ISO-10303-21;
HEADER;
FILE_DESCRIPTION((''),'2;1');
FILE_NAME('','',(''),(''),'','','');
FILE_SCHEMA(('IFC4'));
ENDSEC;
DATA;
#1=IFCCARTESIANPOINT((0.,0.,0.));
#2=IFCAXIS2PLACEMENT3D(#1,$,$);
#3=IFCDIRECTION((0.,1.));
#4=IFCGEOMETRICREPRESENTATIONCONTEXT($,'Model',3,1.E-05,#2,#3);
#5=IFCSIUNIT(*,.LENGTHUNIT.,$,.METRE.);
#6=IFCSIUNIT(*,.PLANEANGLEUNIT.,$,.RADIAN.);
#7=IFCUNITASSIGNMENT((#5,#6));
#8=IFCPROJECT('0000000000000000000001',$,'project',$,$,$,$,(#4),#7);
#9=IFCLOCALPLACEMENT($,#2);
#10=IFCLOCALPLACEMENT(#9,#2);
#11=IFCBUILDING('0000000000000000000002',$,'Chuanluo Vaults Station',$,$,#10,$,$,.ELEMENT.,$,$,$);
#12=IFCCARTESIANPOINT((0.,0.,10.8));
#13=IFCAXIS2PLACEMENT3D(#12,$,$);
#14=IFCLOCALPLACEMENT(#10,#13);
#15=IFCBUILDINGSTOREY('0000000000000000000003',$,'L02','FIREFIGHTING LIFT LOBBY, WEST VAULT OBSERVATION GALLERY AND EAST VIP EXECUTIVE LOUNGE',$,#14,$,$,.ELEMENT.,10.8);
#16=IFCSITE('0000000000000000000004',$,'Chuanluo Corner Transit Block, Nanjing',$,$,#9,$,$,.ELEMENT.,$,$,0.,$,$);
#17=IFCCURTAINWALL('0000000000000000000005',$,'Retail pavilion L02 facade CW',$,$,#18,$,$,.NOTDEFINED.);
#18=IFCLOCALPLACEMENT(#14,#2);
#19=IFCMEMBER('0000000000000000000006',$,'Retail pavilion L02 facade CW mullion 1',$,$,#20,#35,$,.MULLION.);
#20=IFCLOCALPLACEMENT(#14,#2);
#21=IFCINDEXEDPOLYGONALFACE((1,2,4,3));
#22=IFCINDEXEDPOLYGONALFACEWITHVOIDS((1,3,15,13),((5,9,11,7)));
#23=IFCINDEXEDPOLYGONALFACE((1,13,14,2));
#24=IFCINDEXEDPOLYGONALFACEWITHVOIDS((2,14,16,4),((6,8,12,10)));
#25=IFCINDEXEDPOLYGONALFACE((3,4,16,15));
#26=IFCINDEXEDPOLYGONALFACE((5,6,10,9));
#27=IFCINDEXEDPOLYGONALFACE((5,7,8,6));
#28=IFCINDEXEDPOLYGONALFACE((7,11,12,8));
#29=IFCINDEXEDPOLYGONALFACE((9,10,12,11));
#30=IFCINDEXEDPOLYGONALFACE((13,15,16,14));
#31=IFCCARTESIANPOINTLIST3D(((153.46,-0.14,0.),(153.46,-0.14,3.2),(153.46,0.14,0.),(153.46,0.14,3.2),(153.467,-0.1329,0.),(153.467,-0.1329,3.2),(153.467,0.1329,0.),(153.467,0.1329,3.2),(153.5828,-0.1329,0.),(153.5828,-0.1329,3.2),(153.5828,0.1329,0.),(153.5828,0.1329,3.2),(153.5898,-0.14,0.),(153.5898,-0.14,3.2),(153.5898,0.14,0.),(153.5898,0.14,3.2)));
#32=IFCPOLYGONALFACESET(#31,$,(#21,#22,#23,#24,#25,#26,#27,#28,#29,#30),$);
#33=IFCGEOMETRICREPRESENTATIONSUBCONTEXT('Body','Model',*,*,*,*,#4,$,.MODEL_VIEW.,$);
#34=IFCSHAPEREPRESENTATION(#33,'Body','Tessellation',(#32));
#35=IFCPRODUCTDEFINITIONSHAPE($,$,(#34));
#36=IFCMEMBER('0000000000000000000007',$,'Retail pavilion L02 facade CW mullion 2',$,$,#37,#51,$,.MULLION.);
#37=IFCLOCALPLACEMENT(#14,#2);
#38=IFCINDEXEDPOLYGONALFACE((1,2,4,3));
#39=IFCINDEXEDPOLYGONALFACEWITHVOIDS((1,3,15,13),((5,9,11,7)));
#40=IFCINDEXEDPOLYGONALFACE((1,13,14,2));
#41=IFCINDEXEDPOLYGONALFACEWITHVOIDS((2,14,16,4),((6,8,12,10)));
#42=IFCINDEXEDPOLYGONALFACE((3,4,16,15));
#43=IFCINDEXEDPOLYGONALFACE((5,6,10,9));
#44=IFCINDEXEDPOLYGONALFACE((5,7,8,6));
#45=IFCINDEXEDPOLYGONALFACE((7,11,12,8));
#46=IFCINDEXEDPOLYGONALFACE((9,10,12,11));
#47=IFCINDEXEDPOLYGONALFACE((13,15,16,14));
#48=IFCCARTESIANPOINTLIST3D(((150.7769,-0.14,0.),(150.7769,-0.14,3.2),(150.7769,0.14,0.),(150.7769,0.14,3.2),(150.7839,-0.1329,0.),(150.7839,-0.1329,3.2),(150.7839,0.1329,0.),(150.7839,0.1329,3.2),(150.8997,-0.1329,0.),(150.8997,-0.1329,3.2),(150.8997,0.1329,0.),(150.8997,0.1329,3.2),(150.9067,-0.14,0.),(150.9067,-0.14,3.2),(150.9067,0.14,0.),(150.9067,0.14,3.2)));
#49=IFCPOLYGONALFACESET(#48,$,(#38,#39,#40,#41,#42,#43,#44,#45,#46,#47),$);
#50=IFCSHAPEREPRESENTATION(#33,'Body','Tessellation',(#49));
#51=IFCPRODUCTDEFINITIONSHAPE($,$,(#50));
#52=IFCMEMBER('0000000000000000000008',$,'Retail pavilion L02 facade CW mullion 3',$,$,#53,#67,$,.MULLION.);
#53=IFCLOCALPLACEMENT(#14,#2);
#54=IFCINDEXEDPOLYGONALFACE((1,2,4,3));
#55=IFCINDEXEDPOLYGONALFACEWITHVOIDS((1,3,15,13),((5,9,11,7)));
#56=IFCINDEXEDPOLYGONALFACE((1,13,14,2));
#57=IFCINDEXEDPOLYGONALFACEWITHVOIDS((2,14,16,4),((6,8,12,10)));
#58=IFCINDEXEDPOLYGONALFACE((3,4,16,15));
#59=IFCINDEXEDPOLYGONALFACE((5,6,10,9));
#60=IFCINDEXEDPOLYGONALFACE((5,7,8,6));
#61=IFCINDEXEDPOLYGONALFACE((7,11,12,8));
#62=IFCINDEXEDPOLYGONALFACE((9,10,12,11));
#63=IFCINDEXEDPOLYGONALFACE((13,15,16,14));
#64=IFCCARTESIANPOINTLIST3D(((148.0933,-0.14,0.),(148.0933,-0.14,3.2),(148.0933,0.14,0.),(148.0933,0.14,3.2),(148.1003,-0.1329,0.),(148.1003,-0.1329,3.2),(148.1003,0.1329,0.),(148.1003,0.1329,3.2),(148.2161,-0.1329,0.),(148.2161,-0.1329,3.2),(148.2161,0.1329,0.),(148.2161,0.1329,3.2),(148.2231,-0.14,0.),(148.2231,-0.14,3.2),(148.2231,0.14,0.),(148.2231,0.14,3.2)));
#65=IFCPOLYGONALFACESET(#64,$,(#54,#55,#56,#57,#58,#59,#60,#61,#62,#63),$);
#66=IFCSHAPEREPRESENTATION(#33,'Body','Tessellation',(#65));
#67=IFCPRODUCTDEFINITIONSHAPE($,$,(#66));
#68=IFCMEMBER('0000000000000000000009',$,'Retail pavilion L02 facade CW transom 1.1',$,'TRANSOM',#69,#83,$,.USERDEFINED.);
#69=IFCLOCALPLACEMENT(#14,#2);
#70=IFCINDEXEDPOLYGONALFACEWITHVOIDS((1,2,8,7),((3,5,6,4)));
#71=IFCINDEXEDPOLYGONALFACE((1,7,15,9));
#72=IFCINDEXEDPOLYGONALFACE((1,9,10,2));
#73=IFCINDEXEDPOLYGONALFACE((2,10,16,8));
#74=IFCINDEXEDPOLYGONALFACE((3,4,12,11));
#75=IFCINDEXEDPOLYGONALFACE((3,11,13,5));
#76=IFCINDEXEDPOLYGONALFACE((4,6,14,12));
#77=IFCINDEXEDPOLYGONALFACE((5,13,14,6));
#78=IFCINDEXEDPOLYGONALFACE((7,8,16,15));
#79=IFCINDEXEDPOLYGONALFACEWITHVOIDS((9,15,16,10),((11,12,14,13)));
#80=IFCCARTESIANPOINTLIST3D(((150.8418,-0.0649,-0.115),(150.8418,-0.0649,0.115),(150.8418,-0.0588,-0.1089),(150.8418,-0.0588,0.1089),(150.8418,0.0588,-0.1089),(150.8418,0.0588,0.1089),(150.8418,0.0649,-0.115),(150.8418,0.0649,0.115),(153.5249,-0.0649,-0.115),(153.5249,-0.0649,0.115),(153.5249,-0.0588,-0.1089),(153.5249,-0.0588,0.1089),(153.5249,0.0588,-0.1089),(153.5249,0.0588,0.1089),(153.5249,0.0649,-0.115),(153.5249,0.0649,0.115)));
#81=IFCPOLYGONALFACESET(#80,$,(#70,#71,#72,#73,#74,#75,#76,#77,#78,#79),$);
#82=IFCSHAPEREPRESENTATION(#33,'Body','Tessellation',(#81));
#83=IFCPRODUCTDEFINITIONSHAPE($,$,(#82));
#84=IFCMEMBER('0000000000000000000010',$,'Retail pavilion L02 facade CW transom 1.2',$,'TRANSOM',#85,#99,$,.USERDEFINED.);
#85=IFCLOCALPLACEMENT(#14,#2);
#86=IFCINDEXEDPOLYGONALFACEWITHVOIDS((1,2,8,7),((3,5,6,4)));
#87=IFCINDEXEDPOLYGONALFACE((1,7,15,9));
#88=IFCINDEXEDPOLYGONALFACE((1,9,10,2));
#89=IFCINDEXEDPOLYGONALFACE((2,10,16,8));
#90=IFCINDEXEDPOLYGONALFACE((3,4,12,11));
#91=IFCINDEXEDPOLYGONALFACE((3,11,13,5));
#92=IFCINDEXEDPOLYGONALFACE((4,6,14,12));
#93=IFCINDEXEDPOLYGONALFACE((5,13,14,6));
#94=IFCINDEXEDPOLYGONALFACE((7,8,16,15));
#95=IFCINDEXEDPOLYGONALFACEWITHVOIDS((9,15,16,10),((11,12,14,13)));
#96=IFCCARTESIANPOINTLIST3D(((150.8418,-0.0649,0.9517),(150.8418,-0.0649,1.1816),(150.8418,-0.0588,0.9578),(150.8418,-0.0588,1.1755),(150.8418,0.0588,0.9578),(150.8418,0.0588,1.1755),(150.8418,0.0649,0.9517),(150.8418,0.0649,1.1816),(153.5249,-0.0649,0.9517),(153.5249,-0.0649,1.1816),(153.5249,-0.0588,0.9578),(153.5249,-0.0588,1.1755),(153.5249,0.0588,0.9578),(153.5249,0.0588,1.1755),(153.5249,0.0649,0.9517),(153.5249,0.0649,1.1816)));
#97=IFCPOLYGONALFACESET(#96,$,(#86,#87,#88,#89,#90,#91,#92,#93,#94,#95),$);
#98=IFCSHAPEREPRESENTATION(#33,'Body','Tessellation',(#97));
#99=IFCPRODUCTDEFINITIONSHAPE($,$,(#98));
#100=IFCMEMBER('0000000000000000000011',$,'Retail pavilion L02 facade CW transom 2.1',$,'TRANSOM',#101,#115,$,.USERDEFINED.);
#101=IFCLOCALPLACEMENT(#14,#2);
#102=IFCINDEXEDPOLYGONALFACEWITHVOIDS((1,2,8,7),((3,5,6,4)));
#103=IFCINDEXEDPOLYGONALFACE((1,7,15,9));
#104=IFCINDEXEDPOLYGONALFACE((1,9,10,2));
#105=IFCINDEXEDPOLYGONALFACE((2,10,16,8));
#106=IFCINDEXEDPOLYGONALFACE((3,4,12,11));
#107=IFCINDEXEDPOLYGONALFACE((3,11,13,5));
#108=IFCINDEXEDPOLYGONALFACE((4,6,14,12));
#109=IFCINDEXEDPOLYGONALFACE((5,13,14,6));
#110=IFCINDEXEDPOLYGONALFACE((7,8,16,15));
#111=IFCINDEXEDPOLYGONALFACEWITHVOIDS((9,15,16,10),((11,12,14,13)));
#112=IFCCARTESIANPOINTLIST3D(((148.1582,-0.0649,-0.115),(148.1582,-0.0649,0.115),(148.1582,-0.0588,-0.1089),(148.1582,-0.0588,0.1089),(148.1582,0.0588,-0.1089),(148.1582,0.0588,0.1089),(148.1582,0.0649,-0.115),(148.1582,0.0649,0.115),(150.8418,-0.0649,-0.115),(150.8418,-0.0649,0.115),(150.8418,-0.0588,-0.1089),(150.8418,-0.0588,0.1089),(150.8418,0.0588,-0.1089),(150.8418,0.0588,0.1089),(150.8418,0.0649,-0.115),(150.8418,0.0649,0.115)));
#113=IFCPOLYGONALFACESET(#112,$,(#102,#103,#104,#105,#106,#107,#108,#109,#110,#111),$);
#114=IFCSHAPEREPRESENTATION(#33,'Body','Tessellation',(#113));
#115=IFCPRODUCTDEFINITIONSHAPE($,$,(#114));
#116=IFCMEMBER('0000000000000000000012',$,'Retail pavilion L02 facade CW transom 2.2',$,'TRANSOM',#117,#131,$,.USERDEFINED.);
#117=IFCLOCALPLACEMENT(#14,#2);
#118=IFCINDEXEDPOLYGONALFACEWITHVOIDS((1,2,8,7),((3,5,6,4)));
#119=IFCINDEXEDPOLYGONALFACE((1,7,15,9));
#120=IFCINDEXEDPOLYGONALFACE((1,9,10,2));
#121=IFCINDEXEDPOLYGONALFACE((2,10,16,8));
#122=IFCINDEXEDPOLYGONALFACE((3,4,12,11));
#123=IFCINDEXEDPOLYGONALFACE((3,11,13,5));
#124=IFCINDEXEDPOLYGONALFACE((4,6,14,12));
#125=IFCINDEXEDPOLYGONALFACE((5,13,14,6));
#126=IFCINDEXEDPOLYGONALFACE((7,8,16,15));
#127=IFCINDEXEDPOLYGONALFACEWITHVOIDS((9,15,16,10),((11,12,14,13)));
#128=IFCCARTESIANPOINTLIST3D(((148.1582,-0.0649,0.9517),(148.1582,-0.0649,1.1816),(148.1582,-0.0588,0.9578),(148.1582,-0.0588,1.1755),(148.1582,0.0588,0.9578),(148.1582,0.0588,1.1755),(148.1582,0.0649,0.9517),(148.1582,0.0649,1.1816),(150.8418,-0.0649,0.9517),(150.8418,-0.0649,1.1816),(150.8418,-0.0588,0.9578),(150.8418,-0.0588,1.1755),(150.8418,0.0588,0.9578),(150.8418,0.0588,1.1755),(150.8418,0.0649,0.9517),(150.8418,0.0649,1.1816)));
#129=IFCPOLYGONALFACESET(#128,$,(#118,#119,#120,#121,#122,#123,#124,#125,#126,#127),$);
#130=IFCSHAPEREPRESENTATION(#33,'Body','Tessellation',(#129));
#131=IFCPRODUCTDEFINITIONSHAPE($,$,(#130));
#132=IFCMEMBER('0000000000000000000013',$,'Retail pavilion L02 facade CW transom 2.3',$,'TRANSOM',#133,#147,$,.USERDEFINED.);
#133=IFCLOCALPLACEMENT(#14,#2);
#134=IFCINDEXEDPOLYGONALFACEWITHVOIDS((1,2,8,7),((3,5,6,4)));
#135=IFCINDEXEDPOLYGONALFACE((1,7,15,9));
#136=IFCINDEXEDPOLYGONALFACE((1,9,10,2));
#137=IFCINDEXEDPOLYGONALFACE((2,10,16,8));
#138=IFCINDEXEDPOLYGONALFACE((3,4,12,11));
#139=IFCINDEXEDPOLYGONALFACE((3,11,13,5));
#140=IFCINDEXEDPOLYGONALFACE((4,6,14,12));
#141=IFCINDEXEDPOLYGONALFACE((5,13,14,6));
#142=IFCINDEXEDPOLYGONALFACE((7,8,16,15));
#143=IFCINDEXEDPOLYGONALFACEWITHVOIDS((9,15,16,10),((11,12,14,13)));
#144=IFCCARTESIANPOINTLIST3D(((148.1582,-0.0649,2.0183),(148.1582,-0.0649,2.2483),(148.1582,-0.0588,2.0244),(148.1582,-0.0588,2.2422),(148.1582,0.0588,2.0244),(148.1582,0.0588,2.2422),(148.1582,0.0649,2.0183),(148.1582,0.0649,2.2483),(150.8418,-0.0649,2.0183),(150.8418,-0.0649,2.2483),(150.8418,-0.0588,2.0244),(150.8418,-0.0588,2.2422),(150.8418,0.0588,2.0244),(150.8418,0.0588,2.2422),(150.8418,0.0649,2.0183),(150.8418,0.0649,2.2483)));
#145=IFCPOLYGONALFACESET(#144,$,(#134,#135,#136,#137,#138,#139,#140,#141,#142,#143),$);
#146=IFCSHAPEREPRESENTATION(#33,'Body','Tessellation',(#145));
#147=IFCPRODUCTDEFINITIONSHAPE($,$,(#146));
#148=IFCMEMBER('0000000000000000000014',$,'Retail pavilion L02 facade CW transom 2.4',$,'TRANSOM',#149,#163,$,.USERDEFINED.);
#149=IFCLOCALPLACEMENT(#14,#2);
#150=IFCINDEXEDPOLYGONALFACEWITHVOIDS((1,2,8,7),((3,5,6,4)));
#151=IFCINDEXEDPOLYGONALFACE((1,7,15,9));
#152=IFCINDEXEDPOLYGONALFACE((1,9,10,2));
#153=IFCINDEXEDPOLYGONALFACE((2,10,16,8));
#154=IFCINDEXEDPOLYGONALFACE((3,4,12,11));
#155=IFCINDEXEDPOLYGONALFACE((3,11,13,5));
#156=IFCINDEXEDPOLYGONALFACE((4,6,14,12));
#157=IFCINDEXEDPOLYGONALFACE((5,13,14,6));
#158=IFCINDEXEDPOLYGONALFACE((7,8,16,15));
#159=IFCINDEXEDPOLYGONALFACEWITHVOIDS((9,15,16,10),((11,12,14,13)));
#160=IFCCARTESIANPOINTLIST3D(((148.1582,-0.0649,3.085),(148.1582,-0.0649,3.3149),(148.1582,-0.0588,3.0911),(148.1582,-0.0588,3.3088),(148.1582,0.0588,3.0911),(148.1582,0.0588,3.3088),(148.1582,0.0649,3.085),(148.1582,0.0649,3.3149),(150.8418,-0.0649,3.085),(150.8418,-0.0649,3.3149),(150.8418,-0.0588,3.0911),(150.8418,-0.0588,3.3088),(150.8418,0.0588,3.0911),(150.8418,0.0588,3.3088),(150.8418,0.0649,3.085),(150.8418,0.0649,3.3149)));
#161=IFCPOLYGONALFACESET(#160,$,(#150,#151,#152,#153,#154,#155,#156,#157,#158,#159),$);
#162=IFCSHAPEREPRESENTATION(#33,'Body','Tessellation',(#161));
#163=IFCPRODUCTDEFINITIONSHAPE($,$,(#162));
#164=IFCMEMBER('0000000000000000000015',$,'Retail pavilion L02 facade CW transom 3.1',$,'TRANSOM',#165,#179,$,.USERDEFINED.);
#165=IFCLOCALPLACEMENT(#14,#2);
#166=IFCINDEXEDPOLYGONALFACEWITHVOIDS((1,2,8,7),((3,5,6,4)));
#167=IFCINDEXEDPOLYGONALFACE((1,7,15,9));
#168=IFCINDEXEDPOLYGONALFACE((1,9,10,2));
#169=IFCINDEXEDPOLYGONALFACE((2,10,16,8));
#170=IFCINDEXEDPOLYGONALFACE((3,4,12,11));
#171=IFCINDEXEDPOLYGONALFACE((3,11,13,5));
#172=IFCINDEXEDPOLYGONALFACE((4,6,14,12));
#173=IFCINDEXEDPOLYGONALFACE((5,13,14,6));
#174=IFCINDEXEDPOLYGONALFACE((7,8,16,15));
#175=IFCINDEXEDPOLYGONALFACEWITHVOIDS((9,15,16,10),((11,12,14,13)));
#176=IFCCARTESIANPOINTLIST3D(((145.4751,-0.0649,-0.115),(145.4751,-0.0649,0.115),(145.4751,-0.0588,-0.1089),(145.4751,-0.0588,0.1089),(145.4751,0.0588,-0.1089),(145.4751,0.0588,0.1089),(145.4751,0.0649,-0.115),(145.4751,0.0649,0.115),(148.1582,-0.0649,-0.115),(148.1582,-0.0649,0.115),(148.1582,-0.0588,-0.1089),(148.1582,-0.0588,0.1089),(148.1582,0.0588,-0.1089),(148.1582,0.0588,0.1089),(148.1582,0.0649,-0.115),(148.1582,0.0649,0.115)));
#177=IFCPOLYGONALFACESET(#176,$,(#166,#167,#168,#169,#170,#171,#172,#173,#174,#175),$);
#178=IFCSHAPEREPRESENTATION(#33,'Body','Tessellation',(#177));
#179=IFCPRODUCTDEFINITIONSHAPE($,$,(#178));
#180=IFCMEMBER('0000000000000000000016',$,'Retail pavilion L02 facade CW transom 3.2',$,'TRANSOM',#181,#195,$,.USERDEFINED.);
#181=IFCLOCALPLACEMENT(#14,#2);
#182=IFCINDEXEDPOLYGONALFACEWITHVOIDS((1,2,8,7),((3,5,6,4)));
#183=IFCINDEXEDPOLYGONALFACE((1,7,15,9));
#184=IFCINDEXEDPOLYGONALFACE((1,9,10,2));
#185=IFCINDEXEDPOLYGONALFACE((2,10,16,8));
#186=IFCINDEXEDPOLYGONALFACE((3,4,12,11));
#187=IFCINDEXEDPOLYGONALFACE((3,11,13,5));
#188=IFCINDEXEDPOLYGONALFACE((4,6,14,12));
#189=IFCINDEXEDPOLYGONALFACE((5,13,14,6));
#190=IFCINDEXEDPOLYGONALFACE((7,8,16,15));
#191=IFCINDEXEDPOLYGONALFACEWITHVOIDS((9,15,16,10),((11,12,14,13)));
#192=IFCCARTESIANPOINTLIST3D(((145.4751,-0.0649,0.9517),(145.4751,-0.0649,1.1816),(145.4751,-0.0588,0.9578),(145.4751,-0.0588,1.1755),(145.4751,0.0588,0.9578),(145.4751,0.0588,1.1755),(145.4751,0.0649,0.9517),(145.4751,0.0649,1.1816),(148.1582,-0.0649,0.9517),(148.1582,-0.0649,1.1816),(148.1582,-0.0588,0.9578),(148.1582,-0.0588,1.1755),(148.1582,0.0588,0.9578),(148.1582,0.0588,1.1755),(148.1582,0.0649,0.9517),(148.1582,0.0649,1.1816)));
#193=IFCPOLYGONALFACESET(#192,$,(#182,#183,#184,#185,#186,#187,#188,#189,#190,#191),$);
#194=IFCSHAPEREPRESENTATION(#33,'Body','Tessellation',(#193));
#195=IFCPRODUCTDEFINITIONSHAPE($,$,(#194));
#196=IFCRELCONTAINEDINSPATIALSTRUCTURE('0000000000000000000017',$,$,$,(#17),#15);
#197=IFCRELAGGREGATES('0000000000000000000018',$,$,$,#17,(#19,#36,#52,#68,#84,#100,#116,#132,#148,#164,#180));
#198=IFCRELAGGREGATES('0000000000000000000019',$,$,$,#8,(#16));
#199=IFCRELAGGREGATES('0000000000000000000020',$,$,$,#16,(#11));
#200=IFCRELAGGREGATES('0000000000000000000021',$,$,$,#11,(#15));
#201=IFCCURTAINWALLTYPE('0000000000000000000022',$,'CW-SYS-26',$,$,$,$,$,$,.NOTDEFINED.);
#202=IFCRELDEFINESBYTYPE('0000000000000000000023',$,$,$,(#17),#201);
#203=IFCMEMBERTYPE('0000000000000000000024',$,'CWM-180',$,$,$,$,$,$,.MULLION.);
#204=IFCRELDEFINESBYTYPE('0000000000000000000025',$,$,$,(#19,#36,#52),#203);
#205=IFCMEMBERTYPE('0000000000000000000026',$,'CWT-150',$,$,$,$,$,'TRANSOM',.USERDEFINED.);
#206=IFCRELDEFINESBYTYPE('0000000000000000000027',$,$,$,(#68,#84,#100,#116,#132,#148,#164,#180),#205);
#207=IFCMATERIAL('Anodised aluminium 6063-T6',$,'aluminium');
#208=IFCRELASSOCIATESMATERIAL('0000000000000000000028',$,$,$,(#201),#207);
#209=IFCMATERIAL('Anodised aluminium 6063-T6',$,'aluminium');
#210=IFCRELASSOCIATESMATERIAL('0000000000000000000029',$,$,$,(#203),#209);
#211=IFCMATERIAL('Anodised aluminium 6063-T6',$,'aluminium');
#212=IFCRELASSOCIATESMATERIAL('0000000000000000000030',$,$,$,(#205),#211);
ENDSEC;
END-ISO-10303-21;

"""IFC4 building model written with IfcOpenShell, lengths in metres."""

from ifc_helpers import new_model, si_unit, direction, frame, origin, origin_2d, place, context, subcontext, project, spatial, hollow_rectangle, extrude, material, material_profile, profile_set, type_object, element, aggregate, save


model = new_model("IFC4")

# Units and contexts
model_context = context("Model", 3, precision=1e-05, world=origin(), true_north=direction((0.0, 1.0)))
body_context = subcontext(model_context, "Body", "Model", "MODEL_VIEW")
ifc_project = project(units=[si_unit("LENGTHUNIT", "METRE"), si_unit("PLANEANGLEUNIT", "RADIAN")], contexts=[model_context])

# Site, building, storey
site_placement = place(None, origin())
site = spatial("IfcSite", under=ifc_project, at=site_placement, Name="Chuanluo Corner Transit Block, Nanjing", CompositionType="ELEMENT", RefElevation=0.0)
building_placement = place(site_placement, origin())
building = spatial("IfcBuilding", under=site, at=building_placement, Name="Chuanluo Vaults Station", CompositionType="ELEMENT")
storey_placement = place(building_placement, frame((0.0, 0.0, 10.8)))
storey = spatial("IfcBuildingStorey", under=building, at=storey_placement, Name="L02", Description="FIREFIGHTING LIFT LOBBY, WEST VAULT OBSERVATION GALLERY AND EAST VIP EXECUTIVE LOUNGE", CompositionType="ELEMENT", Elevation=10.8)

# Curtain wall, members
ifc_material_1 = material(Name="Anodised aluminium 6063-T6", Category="aluminium")
curtain_wall_type = type_object("IfcCurtainWallType", Name="CW-SYS-26", PredefinedType="NOTDEFINED", material=ifc_material_1)
curtain_wall_placement = place(storey_placement, origin())
curtain_wall = element("IfcCurtainWall", 1, at=curtain_wall_placement, inside=storey, type_object=curtain_wall_type, Name="Retail pavilion L02 facade CW", PredefinedType="NOTDEFINED")
ifc_material_2 = material(Name="Anodised aluminium 6063-T6", Category="aluminium")
ifc_material_profile_1 = material_profile(ifc_material_2, hollow_rectangle(XDim=0.1299, YDim=0.28, WallThickness=0.0071, at=origin_2d()))
ifc_profile_set_1 = profile_set([ifc_material_profile_1], Name="Anodised aluminium 6063-T6")
member_type_1 = type_object("IfcMemberType", Name="CWM-180", PredefinedType="MULLION", material=ifc_profile_set_1)
member_1_placement = place(storey_placement, frame((153.5249, 0.0, 0.0), z_axis=(0.0, 0.0, 1.0), x_axis=(-1.0, 0.0, 0.0)))
member_1 = element("IfcMember", 2, at=member_1_placement, type_object=member_type_1, Name="Retail pavilion L02 facade CW mullion 1", PredefinedType="MULLION", context=body_context, shape_type="SweptSolid", body=[
    extrude(hollow_rectangle(XDim=0.1299, YDim=0.28, WallThickness=0.0071, at=origin_2d()), origin(), (0.0, 0.0, 1.0), 3.2),
])
member_2_placement = place(storey_placement, frame((150.8418, 0.0, 0.0), z_axis=(0.0, 0.0, 1.0), x_axis=(-1.0, 0.0, 0.0)))
member_2 = element("IfcMember", 3, at=member_2_placement, type_object=member_type_1, Name="Retail pavilion L02 facade CW mullion 2", PredefinedType="MULLION", context=body_context, shape_type="SweptSolid", body=[
    extrude(hollow_rectangle(XDim=0.1299, YDim=0.28, WallThickness=0.0071, at=origin_2d()), origin(), (0.0, 0.0, 1.0), 3.2),
])
member_3_placement = place(storey_placement, frame((148.1582, 0.0, 0.0), z_axis=(0.0, 0.0, 1.0), x_axis=(-1.0, 0.0, 0.0)))
member_3 = element("IfcMember", 4, at=member_3_placement, type_object=member_type_1, Name="Retail pavilion L02 facade CW mullion 3", PredefinedType="MULLION", context=body_context, shape_type="SweptSolid", body=[
    extrude(hollow_rectangle(XDim=0.1299, YDim=0.28, WallThickness=0.0071, at=origin_2d()), origin(), (0.0, 0.0, 1.0), 3.2),
])
ifc_material_3 = material(Name="Anodised aluminium 6063-T6", Category="aluminium")
ifc_material_profile_2 = material_profile(ifc_material_3, hollow_rectangle(XDim=0.1299, YDim=0.23, WallThickness=0.0061, at=origin_2d()))
ifc_profile_set_2 = profile_set([ifc_material_profile_2], Name="Anodised aluminium 6063-T6")
member_type_2 = type_object("IfcMemberType", Name="CWT-150", ElementType="TRANSOM", PredefinedType="USERDEFINED", material=ifc_profile_set_2)
member_4_placement = place(storey_placement, frame((153.5249, 0.0, 0.0), z_axis=(-1.0, 0.0, 0.0), x_axis=(0.0, -1.0, 0.0)))
member_4 = element("IfcMember", 5, at=member_4_placement, type_object=member_type_2, Name="Retail pavilion L02 facade CW transom 1.1", ObjectType="TRANSOM", PredefinedType="USERDEFINED", context=body_context, shape_type="SweptSolid", body=[
    extrude(hollow_rectangle(XDim=0.1299, YDim=0.23, WallThickness=0.0061, at=origin_2d()), origin(), (0.0, 0.0, 1.0), 2.6831),
])
member_5_placement = place(storey_placement, frame((153.5249, 0.0, 1.0667), z_axis=(-1.0, 0.0, 0.0), x_axis=(0.0, -1.0, 0.0)))
member_5 = element("IfcMember", 6, at=member_5_placement, type_object=member_type_2, Name="Retail pavilion L02 facade CW transom 1.2", ObjectType="TRANSOM", PredefinedType="USERDEFINED", context=body_context, shape_type="SweptSolid", body=[
    extrude(hollow_rectangle(XDim=0.1299, YDim=0.23, WallThickness=0.0061, at=origin_2d()), origin(), (0.0, 0.0, 1.0), 2.6831),
])
member_6_placement = place(storey_placement, frame((150.8418, 0.0, 0.0), z_axis=(-1.0, 0.0, 0.0), x_axis=(0.0, -1.0, 0.0)))
member_6 = element("IfcMember", 7, at=member_6_placement, type_object=member_type_2, Name="Retail pavilion L02 facade CW transom 2.1", ObjectType="TRANSOM", PredefinedType="USERDEFINED", context=body_context, shape_type="SweptSolid", body=[
    extrude(hollow_rectangle(XDim=0.1299, YDim=0.23, WallThickness=0.0061, at=origin_2d()), origin(), (0.0, 0.0, 1.0), 2.6836),
])
member_7_placement = place(storey_placement, frame((150.8418, 0.0, 1.0667), z_axis=(-1.0, 0.0, 0.0), x_axis=(0.0, -1.0, 0.0)))
member_7 = element("IfcMember", 8, at=member_7_placement, type_object=member_type_2, Name="Retail pavilion L02 facade CW transom 2.2", ObjectType="TRANSOM", PredefinedType="USERDEFINED", context=body_context, shape_type="SweptSolid", body=[
    extrude(hollow_rectangle(XDim=0.1299, YDim=0.23, WallThickness=0.0061, at=origin_2d()), origin(), (0.0, 0.0, 1.0), 2.6836),
])
member_8_placement = place(storey_placement, frame((150.8418, 0.0, 2.1333), z_axis=(-1.0, 0.0, 0.0), x_axis=(0.0, -1.0, 0.0)))
member_8 = element("IfcMember", 9, at=member_8_placement, type_object=member_type_2, Name="Retail pavilion L02 facade CW transom 2.3", ObjectType="TRANSOM", PredefinedType="USERDEFINED", context=body_context, shape_type="SweptSolid", body=[
    extrude(hollow_rectangle(XDim=0.1299, YDim=0.23, WallThickness=0.0061, at=origin_2d()), origin(), (0.0, 0.0, 1.0), 2.6836),
])
member_9_placement = place(storey_placement, frame((150.8418, 0.0, 3.2), z_axis=(-1.0, 0.0, 0.0), x_axis=(0.0, -1.0, 0.0)))
member_9 = element("IfcMember", 10, at=member_9_placement, type_object=member_type_2, Name="Retail pavilion L02 facade CW transom 2.4", ObjectType="TRANSOM", PredefinedType="USERDEFINED", context=body_context, shape_type="SweptSolid", body=[
    extrude(hollow_rectangle(XDim=0.1299, YDim=0.23, WallThickness=0.0061, at=origin_2d()), origin(), (0.0, 0.0, 1.0), 2.6836),
])
member_10_placement = place(storey_placement, frame((148.1582, 0.0, 0.0), z_axis=(-1.0, 0.0, 0.0), x_axis=(0.0, -1.0, 0.0)))
member_10 = element("IfcMember", 11, at=member_10_placement, type_object=member_type_2, Name="Retail pavilion L02 facade CW transom 3.1", ObjectType="TRANSOM", PredefinedType="USERDEFINED", context=body_context, shape_type="SweptSolid", body=[
    extrude(hollow_rectangle(XDim=0.1299, YDim=0.23, WallThickness=0.0061, at=origin_2d()), origin(), (0.0, 0.0, 1.0), 2.6831),
])
member_11_placement = place(storey_placement, frame((148.1582, 0.0, 1.0667), z_axis=(-1.0, 0.0, 0.0), x_axis=(0.0, -1.0, 0.0)))
member_11 = element("IfcMember", 12, at=member_11_placement, type_object=member_type_2, Name="Retail pavilion L02 facade CW transom 3.2", ObjectType="TRANSOM", PredefinedType="USERDEFINED", context=body_context, shape_type="SweptSolid", body=[
    extrude(hollow_rectangle(XDim=0.1299, YDim=0.23, WallThickness=0.0061, at=origin_2d()), origin(), (0.0, 0.0, 1.0), 2.6831),
])
aggregate(curtain_wall, [member_1, member_2, member_3, member_4, member_5, member_6, member_7, member_8, member_9, member_10, member_11])

save(model, "model.ifc")
